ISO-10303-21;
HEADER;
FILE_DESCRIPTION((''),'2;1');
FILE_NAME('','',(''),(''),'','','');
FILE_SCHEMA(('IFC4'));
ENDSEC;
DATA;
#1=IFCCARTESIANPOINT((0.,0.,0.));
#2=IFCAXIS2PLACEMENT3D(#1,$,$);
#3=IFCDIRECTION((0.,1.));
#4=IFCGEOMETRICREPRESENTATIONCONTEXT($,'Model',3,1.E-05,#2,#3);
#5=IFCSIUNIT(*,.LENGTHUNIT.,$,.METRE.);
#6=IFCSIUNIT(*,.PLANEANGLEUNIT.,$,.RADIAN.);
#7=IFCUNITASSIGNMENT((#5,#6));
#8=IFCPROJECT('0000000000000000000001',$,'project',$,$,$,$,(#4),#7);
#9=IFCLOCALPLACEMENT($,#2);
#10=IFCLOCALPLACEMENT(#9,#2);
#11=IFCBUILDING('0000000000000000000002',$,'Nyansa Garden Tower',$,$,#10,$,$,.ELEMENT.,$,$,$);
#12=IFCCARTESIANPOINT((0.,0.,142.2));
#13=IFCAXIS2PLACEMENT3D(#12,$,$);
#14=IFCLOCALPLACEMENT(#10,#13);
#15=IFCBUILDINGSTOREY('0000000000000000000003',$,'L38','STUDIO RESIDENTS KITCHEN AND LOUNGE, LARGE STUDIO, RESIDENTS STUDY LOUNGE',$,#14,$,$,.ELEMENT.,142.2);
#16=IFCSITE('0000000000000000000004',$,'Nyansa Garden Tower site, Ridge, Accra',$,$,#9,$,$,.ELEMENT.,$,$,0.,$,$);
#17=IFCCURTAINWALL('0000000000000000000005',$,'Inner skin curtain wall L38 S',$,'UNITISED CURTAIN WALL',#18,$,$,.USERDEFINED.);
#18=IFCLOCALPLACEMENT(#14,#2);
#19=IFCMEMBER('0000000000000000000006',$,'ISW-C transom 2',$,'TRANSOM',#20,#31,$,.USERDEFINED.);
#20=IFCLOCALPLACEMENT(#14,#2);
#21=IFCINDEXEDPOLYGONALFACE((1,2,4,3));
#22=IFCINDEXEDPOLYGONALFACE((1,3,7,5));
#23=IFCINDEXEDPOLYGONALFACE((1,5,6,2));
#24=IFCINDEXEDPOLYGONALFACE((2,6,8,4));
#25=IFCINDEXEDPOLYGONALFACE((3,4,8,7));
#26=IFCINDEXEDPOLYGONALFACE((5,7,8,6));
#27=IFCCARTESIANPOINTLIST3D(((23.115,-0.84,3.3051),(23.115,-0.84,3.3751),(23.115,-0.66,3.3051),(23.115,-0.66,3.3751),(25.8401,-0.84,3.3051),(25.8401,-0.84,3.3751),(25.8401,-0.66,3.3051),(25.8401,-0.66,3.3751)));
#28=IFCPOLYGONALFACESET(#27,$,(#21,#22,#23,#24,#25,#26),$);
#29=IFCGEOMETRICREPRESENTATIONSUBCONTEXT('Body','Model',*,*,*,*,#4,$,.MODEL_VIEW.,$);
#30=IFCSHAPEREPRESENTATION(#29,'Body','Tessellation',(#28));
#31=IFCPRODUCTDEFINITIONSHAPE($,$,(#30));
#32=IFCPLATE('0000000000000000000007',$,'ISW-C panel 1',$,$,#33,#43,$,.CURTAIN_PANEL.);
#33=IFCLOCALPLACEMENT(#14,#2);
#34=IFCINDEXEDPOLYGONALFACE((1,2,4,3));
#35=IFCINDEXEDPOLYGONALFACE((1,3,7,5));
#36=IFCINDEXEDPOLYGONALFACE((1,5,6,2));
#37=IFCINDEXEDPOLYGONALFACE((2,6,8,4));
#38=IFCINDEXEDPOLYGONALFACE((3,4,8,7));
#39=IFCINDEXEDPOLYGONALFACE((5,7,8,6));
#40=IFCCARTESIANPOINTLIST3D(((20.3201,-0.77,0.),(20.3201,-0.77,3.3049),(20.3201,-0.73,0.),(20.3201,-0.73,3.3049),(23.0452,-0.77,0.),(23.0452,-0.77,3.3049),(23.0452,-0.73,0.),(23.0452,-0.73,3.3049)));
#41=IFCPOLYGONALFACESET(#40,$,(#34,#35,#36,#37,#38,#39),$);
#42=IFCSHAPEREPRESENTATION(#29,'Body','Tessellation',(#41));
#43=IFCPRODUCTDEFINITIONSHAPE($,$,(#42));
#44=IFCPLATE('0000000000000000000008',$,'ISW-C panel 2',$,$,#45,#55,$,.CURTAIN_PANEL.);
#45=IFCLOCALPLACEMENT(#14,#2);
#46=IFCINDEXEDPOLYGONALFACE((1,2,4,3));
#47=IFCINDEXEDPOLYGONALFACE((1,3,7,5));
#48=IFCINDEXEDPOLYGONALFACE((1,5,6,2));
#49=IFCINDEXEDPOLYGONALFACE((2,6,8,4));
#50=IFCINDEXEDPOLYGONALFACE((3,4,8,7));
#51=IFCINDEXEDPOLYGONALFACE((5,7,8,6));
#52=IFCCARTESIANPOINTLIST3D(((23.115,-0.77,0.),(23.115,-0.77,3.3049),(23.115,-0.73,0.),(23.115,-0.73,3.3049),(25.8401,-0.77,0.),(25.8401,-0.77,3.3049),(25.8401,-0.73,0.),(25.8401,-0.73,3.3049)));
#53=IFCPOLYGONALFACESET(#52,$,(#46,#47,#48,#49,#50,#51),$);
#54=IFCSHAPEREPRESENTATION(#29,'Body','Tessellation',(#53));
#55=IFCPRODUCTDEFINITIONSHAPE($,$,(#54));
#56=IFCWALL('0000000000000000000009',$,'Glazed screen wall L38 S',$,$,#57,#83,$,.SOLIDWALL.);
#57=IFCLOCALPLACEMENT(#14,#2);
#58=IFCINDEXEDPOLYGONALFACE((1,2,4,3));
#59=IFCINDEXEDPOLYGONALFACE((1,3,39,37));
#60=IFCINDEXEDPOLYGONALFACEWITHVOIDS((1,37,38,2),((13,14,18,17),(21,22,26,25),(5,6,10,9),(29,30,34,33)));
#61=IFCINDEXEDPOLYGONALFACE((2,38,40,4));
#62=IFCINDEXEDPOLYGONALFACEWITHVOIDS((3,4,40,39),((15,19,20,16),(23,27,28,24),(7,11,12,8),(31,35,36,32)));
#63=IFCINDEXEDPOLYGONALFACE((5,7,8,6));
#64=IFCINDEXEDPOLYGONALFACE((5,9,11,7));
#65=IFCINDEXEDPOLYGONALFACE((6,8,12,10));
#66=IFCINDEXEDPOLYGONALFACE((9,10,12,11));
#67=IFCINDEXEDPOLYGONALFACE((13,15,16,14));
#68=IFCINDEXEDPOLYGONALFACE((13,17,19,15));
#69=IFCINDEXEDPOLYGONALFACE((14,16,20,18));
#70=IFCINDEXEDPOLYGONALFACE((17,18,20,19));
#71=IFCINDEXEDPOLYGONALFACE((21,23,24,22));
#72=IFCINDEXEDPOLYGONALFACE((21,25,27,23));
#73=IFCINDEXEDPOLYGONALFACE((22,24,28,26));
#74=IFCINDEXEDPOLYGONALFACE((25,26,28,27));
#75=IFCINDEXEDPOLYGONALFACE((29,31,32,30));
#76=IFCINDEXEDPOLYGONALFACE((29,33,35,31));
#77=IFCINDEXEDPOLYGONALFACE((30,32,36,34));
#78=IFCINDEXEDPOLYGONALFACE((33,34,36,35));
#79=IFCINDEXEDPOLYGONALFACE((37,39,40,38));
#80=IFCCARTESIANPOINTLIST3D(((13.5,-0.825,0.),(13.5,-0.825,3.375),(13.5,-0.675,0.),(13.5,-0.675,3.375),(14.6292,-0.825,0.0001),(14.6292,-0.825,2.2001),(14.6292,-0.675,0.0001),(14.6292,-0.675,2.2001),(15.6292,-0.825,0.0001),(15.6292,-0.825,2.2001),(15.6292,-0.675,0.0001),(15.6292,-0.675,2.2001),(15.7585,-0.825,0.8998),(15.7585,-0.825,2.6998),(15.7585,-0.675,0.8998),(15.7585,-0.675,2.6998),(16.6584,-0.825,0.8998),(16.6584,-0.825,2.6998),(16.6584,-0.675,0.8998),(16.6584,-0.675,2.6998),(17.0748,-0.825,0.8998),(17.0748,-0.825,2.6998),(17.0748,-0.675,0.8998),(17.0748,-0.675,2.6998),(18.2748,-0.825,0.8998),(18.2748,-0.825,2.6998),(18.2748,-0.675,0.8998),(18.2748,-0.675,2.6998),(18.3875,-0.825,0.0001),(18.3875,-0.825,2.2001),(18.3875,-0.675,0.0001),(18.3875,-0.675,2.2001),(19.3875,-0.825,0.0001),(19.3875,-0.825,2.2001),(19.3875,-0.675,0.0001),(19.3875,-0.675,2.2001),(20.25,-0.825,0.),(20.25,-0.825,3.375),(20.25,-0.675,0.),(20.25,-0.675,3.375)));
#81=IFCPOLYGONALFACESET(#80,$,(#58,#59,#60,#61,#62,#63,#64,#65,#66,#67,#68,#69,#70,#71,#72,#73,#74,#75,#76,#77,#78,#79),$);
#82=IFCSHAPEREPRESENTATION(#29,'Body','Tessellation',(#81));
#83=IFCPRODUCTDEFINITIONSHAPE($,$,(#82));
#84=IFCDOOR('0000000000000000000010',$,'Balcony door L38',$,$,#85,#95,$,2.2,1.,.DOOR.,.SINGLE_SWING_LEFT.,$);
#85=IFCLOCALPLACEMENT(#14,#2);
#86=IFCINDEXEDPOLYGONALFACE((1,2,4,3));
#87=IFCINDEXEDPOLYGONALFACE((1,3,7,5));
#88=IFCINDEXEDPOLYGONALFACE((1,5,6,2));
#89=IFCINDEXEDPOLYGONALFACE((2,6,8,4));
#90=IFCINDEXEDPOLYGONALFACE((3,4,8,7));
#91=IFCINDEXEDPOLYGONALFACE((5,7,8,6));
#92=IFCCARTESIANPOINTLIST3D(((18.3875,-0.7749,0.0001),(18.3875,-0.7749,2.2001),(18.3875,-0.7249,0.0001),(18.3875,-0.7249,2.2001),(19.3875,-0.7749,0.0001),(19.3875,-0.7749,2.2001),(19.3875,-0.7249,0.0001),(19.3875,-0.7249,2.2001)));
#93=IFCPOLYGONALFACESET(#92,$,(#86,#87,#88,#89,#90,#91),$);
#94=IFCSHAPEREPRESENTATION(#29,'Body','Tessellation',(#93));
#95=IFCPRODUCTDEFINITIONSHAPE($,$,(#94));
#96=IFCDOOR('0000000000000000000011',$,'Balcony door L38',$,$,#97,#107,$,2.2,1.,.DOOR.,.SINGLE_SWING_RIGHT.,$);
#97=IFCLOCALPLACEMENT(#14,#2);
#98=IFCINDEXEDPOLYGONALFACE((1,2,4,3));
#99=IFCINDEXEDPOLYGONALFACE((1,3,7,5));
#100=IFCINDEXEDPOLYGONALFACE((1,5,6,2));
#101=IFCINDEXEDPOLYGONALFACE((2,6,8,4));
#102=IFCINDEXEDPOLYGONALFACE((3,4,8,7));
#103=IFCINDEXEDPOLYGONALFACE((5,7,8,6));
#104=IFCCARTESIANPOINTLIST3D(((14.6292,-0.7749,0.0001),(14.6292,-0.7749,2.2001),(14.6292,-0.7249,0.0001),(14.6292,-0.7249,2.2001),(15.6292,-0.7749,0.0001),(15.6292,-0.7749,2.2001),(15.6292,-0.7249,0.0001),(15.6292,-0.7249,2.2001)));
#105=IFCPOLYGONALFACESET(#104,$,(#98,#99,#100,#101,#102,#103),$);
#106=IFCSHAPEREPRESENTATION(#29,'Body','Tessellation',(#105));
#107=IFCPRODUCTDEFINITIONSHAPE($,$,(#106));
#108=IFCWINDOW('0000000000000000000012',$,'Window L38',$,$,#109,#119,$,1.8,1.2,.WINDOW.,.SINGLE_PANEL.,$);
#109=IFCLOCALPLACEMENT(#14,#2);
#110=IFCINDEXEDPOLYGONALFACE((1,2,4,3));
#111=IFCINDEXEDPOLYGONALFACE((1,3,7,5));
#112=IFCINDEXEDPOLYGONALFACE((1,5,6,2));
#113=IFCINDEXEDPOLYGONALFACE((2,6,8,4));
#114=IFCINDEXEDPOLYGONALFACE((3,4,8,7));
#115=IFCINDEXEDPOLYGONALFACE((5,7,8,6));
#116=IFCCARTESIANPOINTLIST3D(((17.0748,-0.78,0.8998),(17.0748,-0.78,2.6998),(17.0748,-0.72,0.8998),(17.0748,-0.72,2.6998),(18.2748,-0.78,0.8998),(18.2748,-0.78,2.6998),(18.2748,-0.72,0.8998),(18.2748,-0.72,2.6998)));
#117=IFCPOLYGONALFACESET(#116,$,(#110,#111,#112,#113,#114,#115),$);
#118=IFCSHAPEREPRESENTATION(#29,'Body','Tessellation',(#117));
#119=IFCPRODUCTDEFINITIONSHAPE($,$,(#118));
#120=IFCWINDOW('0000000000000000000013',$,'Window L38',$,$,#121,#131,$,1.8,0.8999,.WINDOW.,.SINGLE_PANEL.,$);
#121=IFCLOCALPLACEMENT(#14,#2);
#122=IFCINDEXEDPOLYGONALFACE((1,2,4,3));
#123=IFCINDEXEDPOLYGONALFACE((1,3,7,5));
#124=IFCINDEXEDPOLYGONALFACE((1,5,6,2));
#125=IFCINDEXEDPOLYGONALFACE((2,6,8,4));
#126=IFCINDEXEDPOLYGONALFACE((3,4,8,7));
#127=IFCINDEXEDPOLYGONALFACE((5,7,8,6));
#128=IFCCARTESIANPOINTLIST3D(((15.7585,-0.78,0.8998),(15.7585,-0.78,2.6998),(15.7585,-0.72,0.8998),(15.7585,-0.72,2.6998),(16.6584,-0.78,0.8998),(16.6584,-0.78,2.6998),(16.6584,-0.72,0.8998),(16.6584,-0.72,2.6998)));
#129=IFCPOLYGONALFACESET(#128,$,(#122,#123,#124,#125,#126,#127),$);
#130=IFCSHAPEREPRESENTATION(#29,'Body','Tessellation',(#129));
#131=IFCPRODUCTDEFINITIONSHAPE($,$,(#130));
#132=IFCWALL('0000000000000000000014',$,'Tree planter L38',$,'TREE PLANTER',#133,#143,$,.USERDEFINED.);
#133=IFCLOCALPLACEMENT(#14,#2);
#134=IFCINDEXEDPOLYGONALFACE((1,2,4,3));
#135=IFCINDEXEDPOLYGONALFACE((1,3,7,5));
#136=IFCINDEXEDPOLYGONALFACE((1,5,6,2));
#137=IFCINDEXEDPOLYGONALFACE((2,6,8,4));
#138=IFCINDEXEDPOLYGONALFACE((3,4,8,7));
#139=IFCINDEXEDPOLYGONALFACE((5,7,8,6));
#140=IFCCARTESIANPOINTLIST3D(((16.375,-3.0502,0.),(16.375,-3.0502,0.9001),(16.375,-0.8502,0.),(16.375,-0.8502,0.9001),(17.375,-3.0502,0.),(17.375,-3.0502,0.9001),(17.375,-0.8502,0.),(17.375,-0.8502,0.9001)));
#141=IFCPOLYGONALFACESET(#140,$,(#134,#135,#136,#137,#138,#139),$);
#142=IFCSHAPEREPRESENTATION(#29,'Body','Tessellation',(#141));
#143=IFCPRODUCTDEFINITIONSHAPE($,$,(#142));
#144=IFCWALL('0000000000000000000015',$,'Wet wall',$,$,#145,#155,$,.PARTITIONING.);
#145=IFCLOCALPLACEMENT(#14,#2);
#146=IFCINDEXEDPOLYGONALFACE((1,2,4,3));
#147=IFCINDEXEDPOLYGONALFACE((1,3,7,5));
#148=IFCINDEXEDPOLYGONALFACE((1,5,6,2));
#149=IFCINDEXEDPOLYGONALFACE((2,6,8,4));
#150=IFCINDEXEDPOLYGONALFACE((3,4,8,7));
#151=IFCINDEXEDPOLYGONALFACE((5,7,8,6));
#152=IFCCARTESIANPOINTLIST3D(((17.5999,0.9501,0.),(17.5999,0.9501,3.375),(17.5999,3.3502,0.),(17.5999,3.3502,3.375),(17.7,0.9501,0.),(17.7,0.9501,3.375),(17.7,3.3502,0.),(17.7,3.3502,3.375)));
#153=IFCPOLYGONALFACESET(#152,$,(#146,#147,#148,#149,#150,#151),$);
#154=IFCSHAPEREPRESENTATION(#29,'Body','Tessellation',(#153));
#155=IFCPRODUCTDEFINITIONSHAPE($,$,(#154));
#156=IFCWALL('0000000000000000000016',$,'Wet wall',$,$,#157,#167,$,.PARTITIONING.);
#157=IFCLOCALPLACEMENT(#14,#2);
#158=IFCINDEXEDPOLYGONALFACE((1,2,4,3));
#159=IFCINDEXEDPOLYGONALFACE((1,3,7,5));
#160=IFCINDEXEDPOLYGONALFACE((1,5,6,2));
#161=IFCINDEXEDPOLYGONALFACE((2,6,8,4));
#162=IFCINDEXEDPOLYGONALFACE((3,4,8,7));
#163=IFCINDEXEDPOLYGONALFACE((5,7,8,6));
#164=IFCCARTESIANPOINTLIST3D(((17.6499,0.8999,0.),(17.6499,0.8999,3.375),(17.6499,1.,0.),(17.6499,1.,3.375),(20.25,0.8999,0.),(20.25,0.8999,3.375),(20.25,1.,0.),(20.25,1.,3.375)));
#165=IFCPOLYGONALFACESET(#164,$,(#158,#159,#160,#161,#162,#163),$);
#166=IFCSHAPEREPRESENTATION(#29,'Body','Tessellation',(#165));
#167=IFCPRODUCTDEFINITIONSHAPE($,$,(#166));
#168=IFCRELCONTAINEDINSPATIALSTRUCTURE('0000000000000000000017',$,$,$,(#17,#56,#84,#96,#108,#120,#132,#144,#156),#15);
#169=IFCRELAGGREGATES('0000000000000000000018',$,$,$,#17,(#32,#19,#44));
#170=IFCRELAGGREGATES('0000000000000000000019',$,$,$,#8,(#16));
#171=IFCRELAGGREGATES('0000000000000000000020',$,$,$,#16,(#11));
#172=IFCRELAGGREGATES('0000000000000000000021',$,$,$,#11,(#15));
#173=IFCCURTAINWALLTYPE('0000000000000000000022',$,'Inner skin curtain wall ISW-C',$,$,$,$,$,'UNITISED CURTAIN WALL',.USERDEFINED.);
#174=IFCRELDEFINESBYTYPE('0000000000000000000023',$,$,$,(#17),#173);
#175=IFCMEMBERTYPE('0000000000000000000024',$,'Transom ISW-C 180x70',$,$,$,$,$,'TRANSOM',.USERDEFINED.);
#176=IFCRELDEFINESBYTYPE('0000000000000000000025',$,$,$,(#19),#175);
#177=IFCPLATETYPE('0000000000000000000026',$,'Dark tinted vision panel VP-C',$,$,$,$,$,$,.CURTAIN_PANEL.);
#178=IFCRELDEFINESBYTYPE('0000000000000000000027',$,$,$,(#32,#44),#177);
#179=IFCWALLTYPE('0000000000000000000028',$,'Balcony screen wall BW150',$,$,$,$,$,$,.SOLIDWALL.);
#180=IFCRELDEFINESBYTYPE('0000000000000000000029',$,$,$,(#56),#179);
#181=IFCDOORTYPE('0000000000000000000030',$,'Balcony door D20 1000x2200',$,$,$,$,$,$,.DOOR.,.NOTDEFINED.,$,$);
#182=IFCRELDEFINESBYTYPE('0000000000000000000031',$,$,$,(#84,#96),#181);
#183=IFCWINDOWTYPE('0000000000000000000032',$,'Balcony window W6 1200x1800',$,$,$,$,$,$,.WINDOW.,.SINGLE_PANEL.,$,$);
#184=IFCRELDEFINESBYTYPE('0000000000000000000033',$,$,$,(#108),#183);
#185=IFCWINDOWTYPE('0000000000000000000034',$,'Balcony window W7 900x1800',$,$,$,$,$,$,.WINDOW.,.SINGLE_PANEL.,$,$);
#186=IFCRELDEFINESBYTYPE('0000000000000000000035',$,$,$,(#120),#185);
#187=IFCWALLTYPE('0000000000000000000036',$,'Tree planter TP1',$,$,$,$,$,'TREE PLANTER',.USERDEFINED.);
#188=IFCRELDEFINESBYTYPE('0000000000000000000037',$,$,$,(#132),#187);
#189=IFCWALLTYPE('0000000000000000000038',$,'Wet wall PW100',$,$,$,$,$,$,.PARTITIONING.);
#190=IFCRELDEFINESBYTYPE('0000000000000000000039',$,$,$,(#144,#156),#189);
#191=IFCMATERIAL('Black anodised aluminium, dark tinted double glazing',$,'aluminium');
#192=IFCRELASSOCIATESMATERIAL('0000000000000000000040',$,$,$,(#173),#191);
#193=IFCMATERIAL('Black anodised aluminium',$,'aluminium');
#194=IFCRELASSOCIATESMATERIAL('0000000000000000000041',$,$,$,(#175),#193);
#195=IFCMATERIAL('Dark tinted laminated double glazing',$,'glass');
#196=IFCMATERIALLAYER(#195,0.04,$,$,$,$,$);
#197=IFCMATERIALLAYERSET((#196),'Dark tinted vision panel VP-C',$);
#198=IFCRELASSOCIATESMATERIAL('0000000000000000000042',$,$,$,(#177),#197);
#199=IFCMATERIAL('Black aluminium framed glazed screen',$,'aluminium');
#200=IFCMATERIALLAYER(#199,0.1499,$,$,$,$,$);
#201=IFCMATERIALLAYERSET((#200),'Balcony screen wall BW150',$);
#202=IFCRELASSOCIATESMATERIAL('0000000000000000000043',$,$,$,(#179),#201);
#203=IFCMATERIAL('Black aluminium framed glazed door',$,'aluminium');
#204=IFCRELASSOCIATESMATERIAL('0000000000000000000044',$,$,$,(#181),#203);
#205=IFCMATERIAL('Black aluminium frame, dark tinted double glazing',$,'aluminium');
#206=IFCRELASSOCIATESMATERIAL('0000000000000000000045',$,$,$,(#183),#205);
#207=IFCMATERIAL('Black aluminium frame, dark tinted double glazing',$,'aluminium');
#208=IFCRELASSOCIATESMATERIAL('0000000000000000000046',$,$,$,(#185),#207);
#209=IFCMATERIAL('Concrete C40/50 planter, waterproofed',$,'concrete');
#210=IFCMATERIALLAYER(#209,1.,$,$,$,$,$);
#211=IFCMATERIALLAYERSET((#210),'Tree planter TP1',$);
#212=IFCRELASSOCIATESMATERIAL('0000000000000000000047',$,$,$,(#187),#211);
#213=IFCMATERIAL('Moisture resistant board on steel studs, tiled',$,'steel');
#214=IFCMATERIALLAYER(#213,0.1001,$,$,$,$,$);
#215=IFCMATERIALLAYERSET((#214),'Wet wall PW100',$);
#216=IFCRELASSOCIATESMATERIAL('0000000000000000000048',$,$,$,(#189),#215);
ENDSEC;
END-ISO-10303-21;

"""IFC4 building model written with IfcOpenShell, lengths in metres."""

from ifc_helpers import new_model, si_unit, direction, frame, frame_2d, origin, origin_2d, place, context, subcontext, project, spatial, rectangle, extrude, material, layer, layer_set, material_profile, profile_set, type_object, element, fill, aggregate, save


model = new_model("IFC4")

# Units and contexts
model_context = context("Model", 3, precision=1e-05, world=origin(), true_north=direction((0.0, 1.0)))
body_context = subcontext(model_context, "Body", "Model", "MODEL_VIEW")
ifc_project = project(units=[si_unit("LENGTHUNIT", "METRE"), si_unit("PLANEANGLEUNIT", "RADIAN")], contexts=[model_context])

# Site, building, storey
site_placement = place(None, origin())
site = spatial("IfcSite", under=ifc_project, at=site_placement, Name="Nyansa Garden Tower site, Ridge, Accra", CompositionType="ELEMENT", RefElevation=0.0)
building_placement = place(site_placement, origin())
building = spatial("IfcBuilding", under=site, at=building_placement, Name="Nyansa Garden Tower", CompositionType="ELEMENT")
storey_placement = place(building_placement, frame((0.0, 0.0, 142.2)))
storey = spatial("IfcBuildingStorey", under=building, at=storey_placement, Name="L38", Description="STUDIO RESIDENTS KITCHEN AND LOUNGE, LARGE STUDIO, RESIDENTS STUDY LOUNGE", CompositionType="ELEMENT", Elevation=142.2)

# Curtain wall
ifc_material_1 = material(Name="Black anodised aluminium, dark tinted double glazing", Category="aluminium")
curtain_wall_type = type_object("IfcCurtainWallType", Name="Inner skin curtain wall ISW-C", ElementType="UNITISED CURTAIN WALL", PredefinedType="USERDEFINED", material=ifc_material_1)
curtain_wall_placement = place(storey_placement, origin())
curtain_wall = element("IfcCurtainWall", 1, at=curtain_wall_placement, inside=storey, type_object=curtain_wall_type, Name="Inner skin curtain wall L38 S", ObjectType="UNITISED CURTAIN WALL", PredefinedType="USERDEFINED")

# Member
ifc_material_2 = material(Name="Black anodised aluminium", Category="aluminium")
ifc_material_profile_1 = material_profile(ifc_material_2, rectangle(XDim=0.1799, YDim=0.0701, at=origin_2d()), Name="Transom 180x70")
ifc_profile_set_1 = profile_set([ifc_material_profile_1], Name="Black anodised aluminium")
member_type_1 = type_object("IfcMemberType", Name="Transom ISW-C 180x70", ElementType="TRANSOM", PredefinedType="USERDEFINED", material=ifc_profile_set_1)
member_1_placement = place(storey_placement, frame((23.115, -0.75, 3.3401), z_axis=(1.0, 0.0, 0.0), x_axis=(0.0, 1.0, 0.0)))
member_1 = element("IfcMember", 2, at=member_1_placement, type_object=member_type_1, Name="ISW-C transom 2", ObjectType="TRANSOM", PredefinedType="USERDEFINED", context=body_context, shape_type="SweptSolid", body=[
    extrude(rectangle(XDim=0.1799, YDim=0.0701, at=origin_2d()), origin(), (0.0, 0.0, 1.0), 2.7251),
])

# Plates
ifc_material_3 = material(Name="Dark tinted laminated double glazing", Category="glass")
ifc_layer_1 = layer(ifc_material_3, 0.04)
ifc_layer_set_1 = layer_set([ifc_layer_1], Name="Dark tinted vision panel VP-C")
plate_type = type_object("IfcPlateType", Name="Dark tinted vision panel VP-C", PredefinedType="CURTAIN_PANEL", material=ifc_layer_set_1)
plate_1_placement = place(storey_placement, frame((21.6826, -0.75, 0.0), z_axis=(0.0, 0.0, 1.0), x_axis=(1.0, 0.0, 0.0)))
plate_1 = element("IfcPlate", 3, at=plate_1_placement, type_object=plate_type, Name="ISW-C panel 1", PredefinedType="CURTAIN_PANEL", context=body_context, shape_type="SweptSolid", body=[
    extrude(rectangle(XDim=2.7251, YDim=0.04, at=origin_2d()), origin(), (0.0, 0.0, 1.0), 3.3049),
])
plate_2_placement = place(storey_placement, frame((24.4775, -0.75, 0.0), z_axis=(0.0, 0.0, 1.0), x_axis=(1.0, 0.0, 0.0)))
plate_2 = element("IfcPlate", 4, at=plate_2_placement, type_object=plate_type, Name="ISW-C panel 2", PredefinedType="CURTAIN_PANEL", context=body_context, shape_type="SweptSolid", body=[
    extrude(rectangle(XDim=2.7251, YDim=0.04, at=origin_2d()), origin(), (0.0, 0.0, 1.0), 3.3049),
])
aggregate(curtain_wall, [plate_1, member_1, plate_2])

# Wall, openings, doors, windows
ifc_material_4 = material(Name="Black aluminium framed glazed screen", Category="aluminium")
ifc_layer_2 = layer(ifc_material_4, 0.1499)
ifc_layer_set_2 = layer_set([ifc_layer_2], Name="Balcony screen wall BW150")
wall_type_1 = type_object("IfcWallType", Name="Balcony screen wall BW150", PredefinedType="SOLIDWALL", material=ifc_layer_set_2)
wall_1_placement = place(storey_placement, frame((20.25, -0.75, 0.0), z_axis=(0.0, 0.0, 1.0), x_axis=(-1.0, 0.0, 0.0)))
wall_1 = element("IfcWall", 5, at=wall_1_placement, inside=storey, type_object=wall_type_1, Name="Glazed screen wall L38 S", PredefinedType="SOLIDWALL", context=body_context, shape_type="SweptSolid", body=[
    extrude(rectangle(XDim=6.75, YDim=0.1499, at=frame_2d((3.375, 0.0))), origin(), (0.0, 0.0, 1.0), 3.375),
])
opening_1_placement = place(wall_1_placement, frame((0.8625, 0.0, 0.0)))
opening_1 = element("IfcOpeningElement", 6, at=opening_1_placement, cuts=wall_1, PredefinedType="OPENING", context=body_context, shape_type="SweptSolid", body=[
    extrude(rectangle(XDim=1.0, YDim=2.2, at=frame_2d((0.5, 1.1001))), frame((0.0, 0.085, 0.0), z_axis=(0.0, -1.0, 0.0), x_axis=(1.0, 0.0, 0.0)), (0.0, 0.0, 1.0), 0.1699),
])
opening_2_placement = place(wall_1_placement, frame((1.9751, 0.0, 0.8999)))
opening_2 = element("IfcOpeningElement", 7, at=opening_2_placement, cuts=wall_1, PredefinedType="OPENING", context=body_context, shape_type="SweptSolid", body=[
    extrude(rectangle(XDim=1.2, YDim=1.8, at=frame_2d((0.6001, 0.8999))), frame((0.0, 0.085, 0.0), z_axis=(0.0, -1.0, 0.0), x_axis=(1.0, 0.0, 0.0)), (0.0, 0.0, 1.0), 0.1699),
])
opening_3_placement = place(wall_1_placement, frame((4.6208, 0.0, 0.0)))
opening_3 = element("IfcOpeningElement", 8, at=opening_3_placement, cuts=wall_1, PredefinedType="OPENING", context=body_context, shape_type="SweptSolid", body=[
    extrude(rectangle(XDim=1.0, YDim=2.2, at=frame_2d((0.5, 1.1001))), frame((0.0, 0.085, 0.0), z_axis=(0.0, -1.0, 0.0), x_axis=(1.0, 0.0, 0.0)), (0.0, 0.0, 1.0), 0.1699),
])
opening_4_placement = place(wall_1_placement, frame((3.5916, 0.0, 0.8999)))
opening_4 = element("IfcOpeningElement", 9, at=opening_4_placement, cuts=wall_1, PredefinedType="OPENING", context=body_context, shape_type="SweptSolid", body=[
    extrude(rectangle(XDim=0.8999, YDim=1.8, at=frame_2d((0.45, 0.8999))), frame((0.0, 0.085, 0.0), z_axis=(0.0, -1.0, 0.0), x_axis=(1.0, 0.0, 0.0)), (0.0, 0.0, 1.0), 0.1699),
])
ifc_material_5 = material(Name="Black aluminium framed glazed door", Category="aluminium")
door_type_1 = type_object("IfcDoorType", Name="Balcony door D20 1000x2200", OperationType="NOTDEFINED", PredefinedType="DOOR", material=ifc_material_5)
door_1_placement = place(opening_1_placement, origin())
door_1 = element("IfcDoor", 10, at=door_1_placement, inside=storey, type_object=door_type_1, Name="Balcony door L38", OperationType="SINGLE_SWING_LEFT", OverallHeight=2.2, OverallWidth=1.0, PredefinedType="DOOR", context=body_context, shape_type="SweptSolid", body=[
    extrude(rectangle(XDim=1.0, YDim=2.2, at=frame_2d((0.5, 1.1001))), frame((0.0, 0.0249, 0.0), z_axis=(0.0, -1.0, 0.0), x_axis=(1.0, 0.0, 0.0)), (0.0, 0.0, 1.0), 0.05),
])
fill(opening_1, door_1)
door_2_placement = place(opening_3_placement, origin())
door_2 = element("IfcDoor", 11, at=door_2_placement, inside=storey, type_object=door_type_1, Name="Balcony door L38", OperationType="SINGLE_SWING_RIGHT", OverallHeight=2.2, OverallWidth=1.0, PredefinedType="DOOR", context=body_context, shape_type="SweptSolid", body=[
    extrude(rectangle(XDim=1.0, YDim=2.2, at=frame_2d((0.5, 1.1001))), frame((0.0, 0.0249, 0.0), z_axis=(0.0, -1.0, 0.0), x_axis=(1.0, 0.0, 0.0)), (0.0, 0.0, 1.0), 0.05),
])
fill(opening_3, door_2)
ifc_material_6 = material(Name="Black aluminium frame, dark tinted double glazing", Category="aluminium")
window_type_1 = type_object("IfcWindowType", Name="Balcony window W6 1200x1800", PartitioningType="SINGLE_PANEL", PredefinedType="WINDOW", material=ifc_material_6)
window_1_placement = place(opening_2_placement, origin())
window_1 = element("IfcWindow", 12, at=window_1_placement, inside=storey, type_object=window_type_1, Name="Window L38", OverallHeight=1.8, OverallWidth=1.2, PartitioningType="SINGLE_PANEL", PredefinedType="WINDOW", context=body_context, shape_type="SweptSolid", body=[
    extrude(rectangle(XDim=1.2, YDim=1.8, at=frame_2d((0.6001, 0.8999))), frame((0.0, 0.03, 0.0), z_axis=(0.0, -1.0, 0.0), x_axis=(1.0, 0.0, 0.0)), (0.0, 0.0, 1.0), 0.0601),
])
fill(opening_2, window_1)
ifc_material_7 = material(Name="Black aluminium frame, dark tinted double glazing", Category="aluminium")
window_type_2 = type_object("IfcWindowType", Name="Balcony window W7 900x1800", PartitioningType="SINGLE_PANEL", PredefinedType="WINDOW", material=ifc_material_7)
window_2_placement = place(opening_4_placement, origin())
window_2 = element("IfcWindow", 13, at=window_2_placement, inside=storey, type_object=window_type_2, Name="Window L38", OverallHeight=1.8, OverallWidth=0.8999, PartitioningType="SINGLE_PANEL", PredefinedType="WINDOW", context=body_context, shape_type="SweptSolid", body=[
    extrude(rectangle(XDim=0.8999, YDim=1.8, at=frame_2d((0.45, 0.8999))), frame((0.0, 0.03, 0.0), z_axis=(0.0, -1.0, 0.0), x_axis=(1.0, 0.0, 0.0)), (0.0, 0.0, 1.0), 0.0601),
])
fill(opening_4, window_2)

# Walls
ifc_material_8 = material(Name="Concrete C40/50 planter, waterproofed", Category="concrete")
ifc_layer_3 = layer(ifc_material_8, 1.0)
ifc_layer_set_3 = layer_set([ifc_layer_3], Name="Tree planter TP1")
wall_type_2 = type_object("IfcWallType", Name="Tree planter TP1", ElementType="TREE PLANTER", PredefinedType="USERDEFINED", material=ifc_layer_set_3)
wall_2_placement = place(storey_placement, frame((16.875, -0.8501, 0.0), z_axis=(0.0, 0.0, 1.0), x_axis=(0.0, -1.0, 0.0)))
element("IfcWall", 14, at=wall_2_placement, inside=storey, type_object=wall_type_2, Name="Tree planter L38", ObjectType="TREE PLANTER", PredefinedType="USERDEFINED", context=body_context, shape_type="SweptSolid", body=[
    extrude(rectangle(XDim=2.2, YDim=1.0, at=frame_2d((1.1001, 0.0))), origin(), (0.0, 0.0, 1.0), 0.9001),
])
ifc_material_9 = material(Name="Moisture resistant board on steel studs, tiled", Category="steel")
ifc_layer_4 = layer(ifc_material_9, 0.1001)
ifc_layer_set_4 = layer_set([ifc_layer_4], Name="Wet wall PW100")
wall_type_3 = type_object("IfcWallType", Name="Wet wall PW100", PredefinedType="PARTITIONING", material=ifc_layer_set_4)
wall_3_placement = place(storey_placement, frame((17.6499, 0.95, 0.0), z_axis=(0.0, 0.0, 1.0), x_axis=(0.0, 1.0, 0.0)))
element("IfcWall", 15, at=wall_3_placement, inside=storey, type_object=wall_type_3, Name="Wet wall", PredefinedType="PARTITIONING", context=body_context, shape_type="SweptSolid", body=[
    extrude(rectangle(XDim=2.4001, YDim=0.1001, at=frame_2d((1.2002, 0.0))), origin(), (0.0, 0.0, 1.0), 3.375),
])
wall_4_placement = place(storey_placement, frame((17.6499, 0.95, 0.0), z_axis=(0.0, 0.0, 1.0), x_axis=(1.0, 0.0, 0.0)))
element("IfcWall", 16, at=wall_4_placement, inside=storey, type_object=wall_type_3, Name="Wet wall", PredefinedType="PARTITIONING", context=body_context, shape_type="SweptSolid", body=[
    extrude(rectangle(XDim=2.6001, YDim=0.1001, at=frame_2d((1.3, 0.0))), origin(), (0.0, 0.0, 1.0), 3.375),
])

save(model, "model.ifc")
